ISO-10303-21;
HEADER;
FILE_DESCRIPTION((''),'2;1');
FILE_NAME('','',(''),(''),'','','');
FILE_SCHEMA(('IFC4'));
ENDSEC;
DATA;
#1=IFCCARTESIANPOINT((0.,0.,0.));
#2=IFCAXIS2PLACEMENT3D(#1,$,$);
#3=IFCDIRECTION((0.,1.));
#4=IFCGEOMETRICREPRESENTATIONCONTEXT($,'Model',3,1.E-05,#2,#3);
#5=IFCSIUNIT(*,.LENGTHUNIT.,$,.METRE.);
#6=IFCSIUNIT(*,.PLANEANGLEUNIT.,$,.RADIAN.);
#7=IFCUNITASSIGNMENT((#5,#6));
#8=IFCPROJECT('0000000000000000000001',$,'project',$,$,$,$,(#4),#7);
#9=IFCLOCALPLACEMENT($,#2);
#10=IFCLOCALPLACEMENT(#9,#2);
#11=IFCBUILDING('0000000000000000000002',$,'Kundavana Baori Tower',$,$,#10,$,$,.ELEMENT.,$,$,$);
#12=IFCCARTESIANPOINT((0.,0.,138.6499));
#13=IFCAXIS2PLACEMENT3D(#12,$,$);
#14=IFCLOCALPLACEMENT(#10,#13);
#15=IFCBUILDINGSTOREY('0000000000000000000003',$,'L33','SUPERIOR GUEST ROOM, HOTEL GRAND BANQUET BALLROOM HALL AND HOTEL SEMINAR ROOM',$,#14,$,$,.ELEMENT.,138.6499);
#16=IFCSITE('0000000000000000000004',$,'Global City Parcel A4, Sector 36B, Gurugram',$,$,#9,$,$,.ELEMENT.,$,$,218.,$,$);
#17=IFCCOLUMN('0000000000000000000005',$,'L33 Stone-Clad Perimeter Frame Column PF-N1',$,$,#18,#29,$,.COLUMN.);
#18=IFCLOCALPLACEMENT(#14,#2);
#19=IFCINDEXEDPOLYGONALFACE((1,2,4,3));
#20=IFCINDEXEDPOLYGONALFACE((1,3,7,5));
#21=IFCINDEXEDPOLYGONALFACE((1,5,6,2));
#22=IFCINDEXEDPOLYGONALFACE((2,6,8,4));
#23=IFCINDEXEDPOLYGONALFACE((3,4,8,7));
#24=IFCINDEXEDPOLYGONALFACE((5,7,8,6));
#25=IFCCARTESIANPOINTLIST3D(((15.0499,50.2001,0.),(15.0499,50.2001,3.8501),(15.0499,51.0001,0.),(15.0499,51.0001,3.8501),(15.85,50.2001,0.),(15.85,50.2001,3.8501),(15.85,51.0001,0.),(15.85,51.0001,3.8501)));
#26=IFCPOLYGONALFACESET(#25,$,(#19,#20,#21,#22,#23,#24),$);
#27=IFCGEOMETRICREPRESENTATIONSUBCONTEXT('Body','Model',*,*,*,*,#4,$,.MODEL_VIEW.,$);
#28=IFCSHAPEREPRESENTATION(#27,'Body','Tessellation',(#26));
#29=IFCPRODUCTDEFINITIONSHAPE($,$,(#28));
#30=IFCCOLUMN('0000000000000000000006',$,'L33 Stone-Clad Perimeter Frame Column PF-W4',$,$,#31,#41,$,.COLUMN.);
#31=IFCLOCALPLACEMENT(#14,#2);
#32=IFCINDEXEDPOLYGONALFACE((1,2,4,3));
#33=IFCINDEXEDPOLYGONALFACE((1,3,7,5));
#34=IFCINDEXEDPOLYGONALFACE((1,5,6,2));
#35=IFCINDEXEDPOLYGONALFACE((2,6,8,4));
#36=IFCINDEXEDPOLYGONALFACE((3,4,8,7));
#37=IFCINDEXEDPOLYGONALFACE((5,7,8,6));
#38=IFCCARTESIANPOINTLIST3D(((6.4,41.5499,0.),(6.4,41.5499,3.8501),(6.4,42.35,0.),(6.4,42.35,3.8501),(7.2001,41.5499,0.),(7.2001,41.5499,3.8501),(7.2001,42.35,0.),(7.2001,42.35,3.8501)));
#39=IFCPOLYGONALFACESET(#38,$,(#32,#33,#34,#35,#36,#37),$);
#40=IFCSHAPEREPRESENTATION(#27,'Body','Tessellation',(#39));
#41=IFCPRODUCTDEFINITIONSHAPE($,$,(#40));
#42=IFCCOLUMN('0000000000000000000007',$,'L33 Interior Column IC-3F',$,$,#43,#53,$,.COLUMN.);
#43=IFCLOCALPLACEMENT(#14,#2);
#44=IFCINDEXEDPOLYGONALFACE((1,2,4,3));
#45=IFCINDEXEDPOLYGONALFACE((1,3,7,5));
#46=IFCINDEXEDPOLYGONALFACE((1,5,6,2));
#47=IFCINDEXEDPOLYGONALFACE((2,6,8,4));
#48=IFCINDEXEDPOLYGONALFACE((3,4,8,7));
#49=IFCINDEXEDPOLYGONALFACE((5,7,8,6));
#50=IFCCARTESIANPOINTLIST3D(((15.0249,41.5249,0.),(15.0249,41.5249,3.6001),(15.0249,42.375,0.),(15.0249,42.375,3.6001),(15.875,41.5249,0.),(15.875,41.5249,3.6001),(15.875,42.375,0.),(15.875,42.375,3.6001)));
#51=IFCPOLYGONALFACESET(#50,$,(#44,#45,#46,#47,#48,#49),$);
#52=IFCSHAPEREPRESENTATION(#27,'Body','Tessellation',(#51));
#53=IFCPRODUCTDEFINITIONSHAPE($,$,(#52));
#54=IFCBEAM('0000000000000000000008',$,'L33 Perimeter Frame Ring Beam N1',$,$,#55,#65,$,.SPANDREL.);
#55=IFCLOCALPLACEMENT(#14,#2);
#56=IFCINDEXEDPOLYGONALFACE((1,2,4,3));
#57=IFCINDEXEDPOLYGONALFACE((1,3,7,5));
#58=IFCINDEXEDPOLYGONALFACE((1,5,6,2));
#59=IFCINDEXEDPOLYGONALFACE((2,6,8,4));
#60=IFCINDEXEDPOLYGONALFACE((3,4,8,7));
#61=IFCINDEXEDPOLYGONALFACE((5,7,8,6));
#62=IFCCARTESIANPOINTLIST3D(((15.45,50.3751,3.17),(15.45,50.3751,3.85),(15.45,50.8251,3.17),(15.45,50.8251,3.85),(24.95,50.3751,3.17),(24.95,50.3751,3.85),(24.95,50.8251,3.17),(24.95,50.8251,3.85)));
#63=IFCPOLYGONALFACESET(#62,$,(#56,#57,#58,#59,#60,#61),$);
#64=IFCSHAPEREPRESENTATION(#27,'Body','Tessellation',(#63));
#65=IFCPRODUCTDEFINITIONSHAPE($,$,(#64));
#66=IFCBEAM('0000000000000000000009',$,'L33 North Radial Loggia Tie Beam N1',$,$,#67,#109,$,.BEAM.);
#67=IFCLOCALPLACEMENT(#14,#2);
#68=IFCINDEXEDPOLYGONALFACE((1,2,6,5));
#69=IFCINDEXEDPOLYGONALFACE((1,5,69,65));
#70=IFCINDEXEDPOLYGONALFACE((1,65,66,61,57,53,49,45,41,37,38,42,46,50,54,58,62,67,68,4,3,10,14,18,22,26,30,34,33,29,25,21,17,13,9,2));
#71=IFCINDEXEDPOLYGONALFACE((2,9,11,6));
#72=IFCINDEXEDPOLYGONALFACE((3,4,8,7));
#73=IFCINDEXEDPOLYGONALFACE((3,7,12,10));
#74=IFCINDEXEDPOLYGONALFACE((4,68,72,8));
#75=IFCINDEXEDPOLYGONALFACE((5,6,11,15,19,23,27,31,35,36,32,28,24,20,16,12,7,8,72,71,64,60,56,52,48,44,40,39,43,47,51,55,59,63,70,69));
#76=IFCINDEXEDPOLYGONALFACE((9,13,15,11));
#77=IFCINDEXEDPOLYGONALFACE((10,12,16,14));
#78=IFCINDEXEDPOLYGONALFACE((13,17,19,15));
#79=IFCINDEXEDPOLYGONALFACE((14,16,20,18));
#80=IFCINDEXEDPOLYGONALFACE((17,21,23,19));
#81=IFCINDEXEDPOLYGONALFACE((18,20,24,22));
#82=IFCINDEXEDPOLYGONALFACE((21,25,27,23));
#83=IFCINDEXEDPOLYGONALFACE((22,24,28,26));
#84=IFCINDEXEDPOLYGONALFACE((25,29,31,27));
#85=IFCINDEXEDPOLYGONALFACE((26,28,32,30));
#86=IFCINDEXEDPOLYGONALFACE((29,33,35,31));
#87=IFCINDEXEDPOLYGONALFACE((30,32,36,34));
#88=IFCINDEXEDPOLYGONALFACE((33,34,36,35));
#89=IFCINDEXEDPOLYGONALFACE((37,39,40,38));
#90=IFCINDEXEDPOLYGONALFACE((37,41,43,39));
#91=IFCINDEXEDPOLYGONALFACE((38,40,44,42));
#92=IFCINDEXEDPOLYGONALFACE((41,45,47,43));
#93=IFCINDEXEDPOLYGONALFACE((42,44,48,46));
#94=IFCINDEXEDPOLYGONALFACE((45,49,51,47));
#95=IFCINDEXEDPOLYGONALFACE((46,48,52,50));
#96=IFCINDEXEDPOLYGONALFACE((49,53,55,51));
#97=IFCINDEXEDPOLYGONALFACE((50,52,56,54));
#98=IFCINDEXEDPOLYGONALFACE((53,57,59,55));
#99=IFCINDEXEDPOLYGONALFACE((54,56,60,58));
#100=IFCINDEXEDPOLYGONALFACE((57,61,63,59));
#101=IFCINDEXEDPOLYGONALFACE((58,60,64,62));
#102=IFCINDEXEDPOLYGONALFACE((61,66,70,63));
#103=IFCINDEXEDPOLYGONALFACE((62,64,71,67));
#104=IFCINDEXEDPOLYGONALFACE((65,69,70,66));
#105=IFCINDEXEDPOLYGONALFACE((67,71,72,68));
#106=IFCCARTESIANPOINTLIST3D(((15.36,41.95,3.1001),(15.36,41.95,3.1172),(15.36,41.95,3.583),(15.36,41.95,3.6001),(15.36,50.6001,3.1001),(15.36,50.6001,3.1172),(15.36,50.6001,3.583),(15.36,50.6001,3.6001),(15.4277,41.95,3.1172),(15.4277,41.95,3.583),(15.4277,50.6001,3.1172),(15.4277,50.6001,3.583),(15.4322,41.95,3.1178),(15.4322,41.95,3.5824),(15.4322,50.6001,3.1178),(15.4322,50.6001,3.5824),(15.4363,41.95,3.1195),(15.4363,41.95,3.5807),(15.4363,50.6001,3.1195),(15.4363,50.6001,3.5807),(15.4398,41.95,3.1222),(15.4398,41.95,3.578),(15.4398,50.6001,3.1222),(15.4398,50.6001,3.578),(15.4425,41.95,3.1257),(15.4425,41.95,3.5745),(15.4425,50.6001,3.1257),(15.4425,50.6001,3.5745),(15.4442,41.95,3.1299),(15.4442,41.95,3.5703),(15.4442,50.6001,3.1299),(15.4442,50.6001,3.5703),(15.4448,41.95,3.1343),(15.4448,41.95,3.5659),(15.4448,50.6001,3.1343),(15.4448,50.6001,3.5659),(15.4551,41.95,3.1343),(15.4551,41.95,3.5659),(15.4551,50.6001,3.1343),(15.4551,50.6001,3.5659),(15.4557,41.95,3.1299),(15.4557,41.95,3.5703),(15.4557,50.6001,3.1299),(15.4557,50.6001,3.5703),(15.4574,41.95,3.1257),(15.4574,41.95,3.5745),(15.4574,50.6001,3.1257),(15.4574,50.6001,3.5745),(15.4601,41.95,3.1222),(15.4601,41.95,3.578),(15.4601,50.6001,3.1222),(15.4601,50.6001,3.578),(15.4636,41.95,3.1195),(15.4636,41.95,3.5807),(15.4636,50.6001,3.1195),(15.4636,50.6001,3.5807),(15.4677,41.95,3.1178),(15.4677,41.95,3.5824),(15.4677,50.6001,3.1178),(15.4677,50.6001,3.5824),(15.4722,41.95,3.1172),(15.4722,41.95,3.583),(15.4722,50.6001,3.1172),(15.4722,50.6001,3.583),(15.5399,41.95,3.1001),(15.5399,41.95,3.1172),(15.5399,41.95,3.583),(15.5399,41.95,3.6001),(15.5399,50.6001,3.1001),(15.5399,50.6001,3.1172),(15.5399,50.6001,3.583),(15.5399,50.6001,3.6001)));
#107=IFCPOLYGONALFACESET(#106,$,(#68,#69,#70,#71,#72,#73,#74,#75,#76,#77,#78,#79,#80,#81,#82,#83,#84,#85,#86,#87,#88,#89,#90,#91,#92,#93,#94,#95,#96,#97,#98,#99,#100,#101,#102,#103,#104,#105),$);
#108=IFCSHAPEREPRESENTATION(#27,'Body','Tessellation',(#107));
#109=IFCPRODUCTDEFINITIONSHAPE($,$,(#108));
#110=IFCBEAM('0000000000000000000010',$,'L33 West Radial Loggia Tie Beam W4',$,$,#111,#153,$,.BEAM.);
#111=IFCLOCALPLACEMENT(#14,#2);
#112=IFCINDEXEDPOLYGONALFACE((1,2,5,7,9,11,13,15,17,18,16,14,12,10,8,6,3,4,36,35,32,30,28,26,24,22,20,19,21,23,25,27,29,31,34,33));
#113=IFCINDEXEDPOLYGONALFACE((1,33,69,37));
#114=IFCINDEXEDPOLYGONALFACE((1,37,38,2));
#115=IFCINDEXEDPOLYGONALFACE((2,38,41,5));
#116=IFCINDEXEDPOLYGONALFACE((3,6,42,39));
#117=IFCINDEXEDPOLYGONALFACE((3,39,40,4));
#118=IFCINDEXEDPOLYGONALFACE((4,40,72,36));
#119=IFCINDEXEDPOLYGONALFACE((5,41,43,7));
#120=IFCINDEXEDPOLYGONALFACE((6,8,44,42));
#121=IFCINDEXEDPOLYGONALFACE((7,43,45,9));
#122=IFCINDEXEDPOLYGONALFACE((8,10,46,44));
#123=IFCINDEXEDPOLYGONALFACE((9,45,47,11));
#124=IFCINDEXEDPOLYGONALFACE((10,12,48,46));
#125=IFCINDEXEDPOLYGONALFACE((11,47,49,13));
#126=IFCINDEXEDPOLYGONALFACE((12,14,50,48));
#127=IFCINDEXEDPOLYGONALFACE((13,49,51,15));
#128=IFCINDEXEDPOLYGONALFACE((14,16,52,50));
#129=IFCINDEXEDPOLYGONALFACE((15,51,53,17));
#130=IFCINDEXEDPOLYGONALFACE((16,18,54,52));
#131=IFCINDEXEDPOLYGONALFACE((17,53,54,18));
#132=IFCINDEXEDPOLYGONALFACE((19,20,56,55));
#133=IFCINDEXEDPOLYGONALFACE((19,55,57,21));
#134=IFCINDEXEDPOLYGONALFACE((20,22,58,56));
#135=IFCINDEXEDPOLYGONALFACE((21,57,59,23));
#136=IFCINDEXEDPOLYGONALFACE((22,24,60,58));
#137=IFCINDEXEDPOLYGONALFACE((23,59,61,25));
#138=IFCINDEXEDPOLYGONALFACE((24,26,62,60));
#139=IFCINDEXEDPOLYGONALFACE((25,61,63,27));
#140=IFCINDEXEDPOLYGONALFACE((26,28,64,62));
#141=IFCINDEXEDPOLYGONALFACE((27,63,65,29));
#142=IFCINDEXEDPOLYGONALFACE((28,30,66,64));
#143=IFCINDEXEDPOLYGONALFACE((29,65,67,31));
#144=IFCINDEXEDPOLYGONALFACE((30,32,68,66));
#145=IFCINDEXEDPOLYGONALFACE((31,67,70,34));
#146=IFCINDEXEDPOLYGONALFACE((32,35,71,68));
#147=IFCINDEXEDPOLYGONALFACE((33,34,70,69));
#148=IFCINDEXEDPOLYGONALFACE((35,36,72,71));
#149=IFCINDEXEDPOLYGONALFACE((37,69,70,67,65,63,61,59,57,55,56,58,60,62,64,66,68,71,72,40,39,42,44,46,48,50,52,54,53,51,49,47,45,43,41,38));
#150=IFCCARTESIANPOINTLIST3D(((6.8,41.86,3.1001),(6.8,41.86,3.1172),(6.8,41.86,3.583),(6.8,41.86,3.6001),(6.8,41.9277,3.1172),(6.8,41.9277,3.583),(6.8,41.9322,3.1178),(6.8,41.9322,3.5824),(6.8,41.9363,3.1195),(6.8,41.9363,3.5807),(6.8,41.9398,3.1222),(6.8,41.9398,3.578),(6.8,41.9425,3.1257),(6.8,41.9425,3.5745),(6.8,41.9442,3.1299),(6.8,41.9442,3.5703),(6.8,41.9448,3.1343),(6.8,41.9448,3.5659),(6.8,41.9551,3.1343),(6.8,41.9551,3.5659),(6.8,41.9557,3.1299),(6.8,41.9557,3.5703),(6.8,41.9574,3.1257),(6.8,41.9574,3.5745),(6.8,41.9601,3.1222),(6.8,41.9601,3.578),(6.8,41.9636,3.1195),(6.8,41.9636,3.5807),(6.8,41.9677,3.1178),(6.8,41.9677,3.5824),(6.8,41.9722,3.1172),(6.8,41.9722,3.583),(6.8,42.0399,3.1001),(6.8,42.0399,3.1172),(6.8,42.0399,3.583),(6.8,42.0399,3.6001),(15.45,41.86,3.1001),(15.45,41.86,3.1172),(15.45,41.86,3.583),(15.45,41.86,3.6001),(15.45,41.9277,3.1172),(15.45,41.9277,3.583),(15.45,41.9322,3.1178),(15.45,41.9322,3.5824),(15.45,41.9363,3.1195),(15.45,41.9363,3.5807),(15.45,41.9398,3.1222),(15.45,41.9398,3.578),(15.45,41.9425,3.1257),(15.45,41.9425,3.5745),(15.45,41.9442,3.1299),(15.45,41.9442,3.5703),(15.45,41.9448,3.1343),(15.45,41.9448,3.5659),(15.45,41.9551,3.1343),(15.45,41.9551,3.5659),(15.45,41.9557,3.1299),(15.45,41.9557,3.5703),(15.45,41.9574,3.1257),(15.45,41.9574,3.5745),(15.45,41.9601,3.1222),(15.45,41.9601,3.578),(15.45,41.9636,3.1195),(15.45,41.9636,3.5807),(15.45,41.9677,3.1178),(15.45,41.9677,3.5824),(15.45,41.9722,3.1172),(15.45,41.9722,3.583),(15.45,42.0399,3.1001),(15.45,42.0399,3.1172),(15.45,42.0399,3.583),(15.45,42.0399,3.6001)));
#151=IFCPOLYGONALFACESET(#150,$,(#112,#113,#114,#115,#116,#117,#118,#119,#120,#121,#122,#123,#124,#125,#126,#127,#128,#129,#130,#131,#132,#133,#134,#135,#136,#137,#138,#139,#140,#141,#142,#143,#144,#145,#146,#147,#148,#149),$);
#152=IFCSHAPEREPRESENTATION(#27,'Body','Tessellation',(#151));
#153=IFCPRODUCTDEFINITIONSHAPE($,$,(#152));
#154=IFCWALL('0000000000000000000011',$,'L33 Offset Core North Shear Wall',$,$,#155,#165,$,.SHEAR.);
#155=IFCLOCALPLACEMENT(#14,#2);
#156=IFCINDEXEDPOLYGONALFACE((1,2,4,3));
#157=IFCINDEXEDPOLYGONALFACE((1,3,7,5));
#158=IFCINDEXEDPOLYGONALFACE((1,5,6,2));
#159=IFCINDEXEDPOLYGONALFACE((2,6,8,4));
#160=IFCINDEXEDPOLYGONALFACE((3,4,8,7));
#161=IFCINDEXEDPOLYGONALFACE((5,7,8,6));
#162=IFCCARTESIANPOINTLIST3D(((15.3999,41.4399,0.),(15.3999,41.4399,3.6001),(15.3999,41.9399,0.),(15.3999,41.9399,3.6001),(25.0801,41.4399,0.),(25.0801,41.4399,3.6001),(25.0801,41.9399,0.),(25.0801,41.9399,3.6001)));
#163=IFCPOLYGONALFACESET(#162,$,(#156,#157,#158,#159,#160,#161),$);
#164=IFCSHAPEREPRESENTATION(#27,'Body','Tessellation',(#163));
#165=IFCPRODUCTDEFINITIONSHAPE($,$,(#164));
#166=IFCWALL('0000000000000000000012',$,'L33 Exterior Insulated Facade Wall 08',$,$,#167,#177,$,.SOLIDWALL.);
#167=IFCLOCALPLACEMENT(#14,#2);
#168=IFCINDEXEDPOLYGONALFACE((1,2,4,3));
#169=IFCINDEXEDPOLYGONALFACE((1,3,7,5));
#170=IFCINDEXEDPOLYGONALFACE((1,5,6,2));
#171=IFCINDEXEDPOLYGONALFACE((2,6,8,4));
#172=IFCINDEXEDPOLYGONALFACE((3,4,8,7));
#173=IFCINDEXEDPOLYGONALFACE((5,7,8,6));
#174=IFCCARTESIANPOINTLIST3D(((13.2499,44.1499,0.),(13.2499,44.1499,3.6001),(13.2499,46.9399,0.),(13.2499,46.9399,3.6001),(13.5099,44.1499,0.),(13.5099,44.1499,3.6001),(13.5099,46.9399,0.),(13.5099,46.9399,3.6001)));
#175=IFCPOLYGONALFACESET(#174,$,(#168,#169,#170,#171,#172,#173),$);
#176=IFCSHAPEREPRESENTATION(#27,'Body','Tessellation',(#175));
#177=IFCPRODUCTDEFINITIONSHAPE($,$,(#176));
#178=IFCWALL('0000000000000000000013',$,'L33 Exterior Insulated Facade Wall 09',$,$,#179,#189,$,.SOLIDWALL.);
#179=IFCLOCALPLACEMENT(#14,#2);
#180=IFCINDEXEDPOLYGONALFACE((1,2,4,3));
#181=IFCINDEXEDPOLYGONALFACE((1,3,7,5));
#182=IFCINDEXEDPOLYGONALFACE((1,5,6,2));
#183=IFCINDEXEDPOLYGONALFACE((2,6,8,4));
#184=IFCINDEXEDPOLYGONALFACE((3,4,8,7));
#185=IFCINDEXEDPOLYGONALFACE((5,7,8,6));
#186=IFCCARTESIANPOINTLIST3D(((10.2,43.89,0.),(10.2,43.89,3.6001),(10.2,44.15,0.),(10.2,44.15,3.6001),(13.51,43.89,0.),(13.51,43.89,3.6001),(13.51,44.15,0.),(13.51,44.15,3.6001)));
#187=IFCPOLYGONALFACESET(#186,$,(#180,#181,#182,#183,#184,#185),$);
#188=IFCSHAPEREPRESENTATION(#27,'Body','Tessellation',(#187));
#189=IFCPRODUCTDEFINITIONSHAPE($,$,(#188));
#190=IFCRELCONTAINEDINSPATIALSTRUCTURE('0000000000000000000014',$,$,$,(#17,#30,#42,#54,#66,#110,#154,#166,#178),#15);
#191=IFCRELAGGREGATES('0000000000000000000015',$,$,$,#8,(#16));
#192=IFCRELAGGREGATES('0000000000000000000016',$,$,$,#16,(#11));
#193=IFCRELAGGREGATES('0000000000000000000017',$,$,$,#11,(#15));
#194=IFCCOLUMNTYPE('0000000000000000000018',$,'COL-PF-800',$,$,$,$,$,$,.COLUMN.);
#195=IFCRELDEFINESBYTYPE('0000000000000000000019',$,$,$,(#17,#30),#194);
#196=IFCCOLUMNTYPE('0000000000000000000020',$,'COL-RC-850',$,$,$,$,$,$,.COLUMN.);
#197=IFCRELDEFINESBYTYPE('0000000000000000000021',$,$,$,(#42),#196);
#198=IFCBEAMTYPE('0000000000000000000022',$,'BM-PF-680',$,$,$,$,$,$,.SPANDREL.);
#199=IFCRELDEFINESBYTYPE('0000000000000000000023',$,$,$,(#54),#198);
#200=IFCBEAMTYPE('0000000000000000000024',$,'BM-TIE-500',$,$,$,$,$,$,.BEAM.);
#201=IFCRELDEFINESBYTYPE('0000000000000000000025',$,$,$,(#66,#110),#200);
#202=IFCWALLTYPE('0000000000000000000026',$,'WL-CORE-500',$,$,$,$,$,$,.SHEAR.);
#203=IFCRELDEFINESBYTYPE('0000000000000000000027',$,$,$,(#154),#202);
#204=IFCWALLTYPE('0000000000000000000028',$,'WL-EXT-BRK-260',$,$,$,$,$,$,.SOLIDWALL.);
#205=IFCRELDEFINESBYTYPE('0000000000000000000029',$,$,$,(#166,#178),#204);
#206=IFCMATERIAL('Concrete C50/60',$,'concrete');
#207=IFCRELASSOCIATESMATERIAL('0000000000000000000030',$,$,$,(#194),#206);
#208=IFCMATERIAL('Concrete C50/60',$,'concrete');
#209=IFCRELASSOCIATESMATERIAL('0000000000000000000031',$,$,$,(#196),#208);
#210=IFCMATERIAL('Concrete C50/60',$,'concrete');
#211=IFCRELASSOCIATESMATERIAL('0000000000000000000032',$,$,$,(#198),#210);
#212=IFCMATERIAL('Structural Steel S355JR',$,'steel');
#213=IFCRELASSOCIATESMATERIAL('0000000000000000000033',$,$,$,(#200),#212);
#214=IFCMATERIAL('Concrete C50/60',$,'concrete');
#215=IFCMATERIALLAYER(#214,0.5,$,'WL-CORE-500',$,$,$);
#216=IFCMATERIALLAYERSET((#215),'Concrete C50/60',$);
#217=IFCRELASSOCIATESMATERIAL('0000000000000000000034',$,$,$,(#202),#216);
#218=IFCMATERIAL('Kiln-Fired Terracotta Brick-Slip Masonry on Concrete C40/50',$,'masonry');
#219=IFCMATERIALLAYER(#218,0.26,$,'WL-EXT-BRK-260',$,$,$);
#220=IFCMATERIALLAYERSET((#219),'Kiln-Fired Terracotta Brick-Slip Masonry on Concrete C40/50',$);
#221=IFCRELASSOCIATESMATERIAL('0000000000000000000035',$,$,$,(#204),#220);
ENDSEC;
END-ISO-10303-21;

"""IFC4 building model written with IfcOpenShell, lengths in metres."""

from ifc_helpers import new_model, si_unit, direction, frame, frame_2d, origin, origin_2d, place, context, subcontext, project, spatial, rectangle, i_section, extrude, material, layer, layer_set, material_profile, profile_set, type_object, element, save


model = new_model("IFC4")

# Units and contexts
model_context = context("Model", 3, precision=1e-05, world=origin(), true_north=direction((0.0, 1.0)))
body_context = subcontext(model_context, "Body", "Model", "MODEL_VIEW")
ifc_project = project(units=[si_unit("LENGTHUNIT", "METRE"), si_unit("PLANEANGLEUNIT", "RADIAN")], contexts=[model_context])

# Site, building, storey
site_placement = place(None, origin())
site = spatial("IfcSite", under=ifc_project, at=site_placement, Name="Global City Parcel A4, Sector 36B, Gurugram", CompositionType="ELEMENT", RefElevation=218.0)
building_placement = place(site_placement, origin())
building = spatial("IfcBuilding", under=site, at=building_placement, Name="Kundavana Baori Tower", CompositionType="ELEMENT")
storey_placement = place(building_placement, frame((0.0, 0.0, 138.6499)))
storey = spatial("IfcBuildingStorey", under=building, at=storey_placement, Name="L33", Description="SUPERIOR GUEST ROOM, HOTEL GRAND BANQUET BALLROOM HALL AND HOTEL SEMINAR ROOM", CompositionType="ELEMENT", Elevation=138.6499)

# Columns
ifc_material_1 = material(Name="Concrete C50/60", Category="concrete")
ifc_material_profile_1 = material_profile(ifc_material_1, rectangle(XDim=0.8, YDim=0.8, at=origin_2d()), Name="RC PF 800x800")
ifc_profile_set_1 = profile_set([ifc_material_profile_1], Name="Concrete C50/60")
column_type_1 = type_object("IfcColumnType", Name="COL-PF-800", PredefinedType="COLUMN", material=ifc_profile_set_1)
for number, where, z_axis, x_axis, name in (
    (1, (15.45, 50.6001, 0.0), (0.0, 0.0, 1.0), (1.0, 0.0, 0.0), "L33 Stone-Clad Perimeter Frame Column PF-N1"),
    (2, (6.8, 41.95, 0.0), (0.0, 0.0, 1.0), (1.0, 0.0, 0.0), "L33 Stone-Clad Perimeter Frame Column PF-W4"),
):
    element("IfcColumn", number, at=place(storey_placement, frame(where, z_axis=z_axis, x_axis=x_axis)), inside=storey, type_object=column_type_1, Name=name, PredefinedType="COLUMN", context=body_context, shape_type="SweptSolid", body=[
        extrude(rectangle(XDim=0.8, YDim=0.8, at=origin_2d()), origin(), (0.0, 0.0, 1.0), 3.8501),
    ])
ifc_material_2 = material(Name="Concrete C50/60", Category="concrete")
ifc_material_profile_2 = material_profile(ifc_material_2, rectangle(XDim=0.8501, YDim=0.8501, at=origin_2d()), Name="RC 850x850")
ifc_profile_set_2 = profile_set([ifc_material_profile_2], Name="Concrete C50/60")
column_type_2 = type_object("IfcColumnType", Name="COL-RC-850", PredefinedType="COLUMN", material=ifc_profile_set_2)
column_placement = place(storey_placement, frame((15.45, 41.95, 0.0), z_axis=(0.0, 0.0, 1.0), x_axis=(1.0, 0.0, 0.0)))
element("IfcColumn", 3, at=column_placement, inside=storey, type_object=column_type_2, Name="L33 Interior Column IC-3F", PredefinedType="COLUMN", context=body_context, shape_type="SweptSolid", body=[
    extrude(rectangle(XDim=0.8501, YDim=0.8501, at=origin_2d()), origin(), (0.0, 0.0, 1.0), 3.6001),
])

# Beams
ifc_material_3 = material(Name="Concrete C50/60", Category="concrete")
ifc_material_profile_3 = material_profile(ifc_material_3, rectangle(XDim=0.45, YDim=0.6799, at=origin_2d()), Name="RC BM 450x680")
ifc_profile_set_3 = profile_set([ifc_material_profile_3], Name="Concrete C50/60")
beam_type_1 = type_object("IfcBeamType", Name="BM-PF-680", PredefinedType="SPANDREL", material=ifc_profile_set_3)
beam_1_placement = place(storey_placement, frame((15.45, 50.6001, 3.51), z_axis=(1.0, 0.0, 0.0), x_axis=(0.0, 1.0, 0.0)))
element("IfcBeam", 4, at=beam_1_placement, inside=storey, type_object=beam_type_1, Name="L33 Perimeter Frame Ring Beam N1", PredefinedType="SPANDREL", context=body_context, shape_type="SweptSolid", body=[
    extrude(rectangle(XDim=0.45, YDim=0.6799, at=origin_2d()), origin(), (0.0, 0.0, 1.0), 9.5),
])
ifc_material_4 = material(Name="Structural Steel S355JR", Category="steel")
ifc_material_profile_4 = material_profile(ifc_material_4, i_section(OverallWidth=0.1799, OverallDepth=0.5, WebThickness=0.0103, FlangeThickness=0.0171, FilletRadius=0.0171, at=origin_2d()), Name="ISMB 500")
ifc_profile_set_4 = profile_set([ifc_material_profile_4], Name="Structural Steel S355JR")
beam_type_2 = type_object("IfcBeamType", Name="BM-TIE-500", PredefinedType="BEAM", material=ifc_profile_set_4)
beam_2_placement = place(storey_placement, frame((15.45, 41.95, 3.3501), z_axis=(0.0, 1.0, 0.0), x_axis=(-1.0, 0.0, 0.0)))
element("IfcBeam", 5, at=beam_2_placement, inside=storey, type_object=beam_type_2, Name="L33 North Radial Loggia Tie Beam N1", PredefinedType="BEAM", context=body_context, shape_type="SweptSolid", body=[
    extrude(i_section(OverallWidth=0.1799, OverallDepth=0.5, WebThickness=0.0103, FlangeThickness=0.0171, FilletRadius=0.0171, at=origin_2d()), origin(), (0.0, 0.0, 1.0), 8.6501),
])
beam_3_placement = place(storey_placement, frame((15.45, 41.95, 3.3501), z_axis=(-1.0, 0.0, 0.0), x_axis=(0.0, -1.0, 0.0)))
element("IfcBeam", 6, at=beam_3_placement, inside=storey, type_object=beam_type_2, Name="L33 West Radial Loggia Tie Beam W4", PredefinedType="BEAM", context=body_context, shape_type="SweptSolid", body=[
    extrude(i_section(OverallWidth=0.1799, OverallDepth=0.5, WebThickness=0.0103, FlangeThickness=0.0171, FilletRadius=0.0171, at=origin_2d()), origin(), (0.0, 0.0, 1.0), 8.6499),
])

# Walls
ifc_material_5 = material(Name="Concrete C50/60", Category="concrete")
ifc_layer_1 = layer(ifc_material_5, 0.5, Name="WL-CORE-500")
ifc_layer_set_1 = layer_set([ifc_layer_1], Name="Concrete C50/60")
wall_type_1 = type_object("IfcWallType", Name="WL-CORE-500", PredefinedType="SHEAR", material=ifc_layer_set_1)
wall_1_placement = place(storey_placement, frame((15.3999, 41.6899, 0.0), z_axis=(0.0, 0.0, 1.0), x_axis=(1.0, 0.0, 0.0)))
element("IfcWall", 7, at=wall_1_placement, inside=storey, type_object=wall_type_1, Name="L33 Offset Core North Shear Wall", PredefinedType="SHEAR", context=body_context, shape_type="SweptSolid", body=[
    extrude(rectangle(XDim=9.6802, YDim=0.5, at=frame_2d((4.8401, 0.0))), origin(), (0.0, 0.0, 1.0), 3.6001),
])
ifc_material_6 = material(Name="Kiln-Fired Terracotta Brick-Slip Masonry on Concrete C40/50", Category="masonry")
ifc_layer_2 = layer(ifc_material_6, 0.26, Name="WL-EXT-BRK-260")
ifc_layer_set_2 = layer_set([ifc_layer_2], Name="Kiln-Fired Terracotta Brick-Slip Masonry on Concrete C40/50")
wall_type_2 = type_object("IfcWallType", Name="WL-EXT-BRK-260", PredefinedType="SOLIDWALL", material=ifc_layer_set_2)
wall_2_placement = place(storey_placement, frame((13.3799, 46.9399, 0.0), z_axis=(0.0, 0.0, 1.0), x_axis=(0.0, -1.0, 0.0)))
element("IfcWall", 8, at=wall_2_placement, inside=storey, type_object=wall_type_2, Name="L33 Exterior Insulated Facade Wall 08", PredefinedType="SOLIDWALL", context=body_context, shape_type="SweptSolid", body=[
    extrude(rectangle(XDim=2.79, YDim=0.26, at=frame_2d((1.395, 0.0))), origin(), (0.0, 0.0, 1.0), 3.6001),
])
wall_3_placement = place(storey_placement, frame((13.51, 44.02, 0.0), z_axis=(0.0, 0.0, 1.0), x_axis=(-1.0, 0.0, 0.0)))
element("IfcWall", 9, at=wall_3_placement, inside=storey, type_object=wall_type_2, Name="L33 Exterior Insulated Facade Wall 09", PredefinedType="SOLIDWALL", context=body_context, shape_type="SweptSolid", body=[
    extrude(rectangle(XDim=3.3101, YDim=0.26, at=frame_2d((1.655, 0.0))), origin(), (0.0, 0.0, 1.0), 3.6001),
])

save(model, "model.ifc")
